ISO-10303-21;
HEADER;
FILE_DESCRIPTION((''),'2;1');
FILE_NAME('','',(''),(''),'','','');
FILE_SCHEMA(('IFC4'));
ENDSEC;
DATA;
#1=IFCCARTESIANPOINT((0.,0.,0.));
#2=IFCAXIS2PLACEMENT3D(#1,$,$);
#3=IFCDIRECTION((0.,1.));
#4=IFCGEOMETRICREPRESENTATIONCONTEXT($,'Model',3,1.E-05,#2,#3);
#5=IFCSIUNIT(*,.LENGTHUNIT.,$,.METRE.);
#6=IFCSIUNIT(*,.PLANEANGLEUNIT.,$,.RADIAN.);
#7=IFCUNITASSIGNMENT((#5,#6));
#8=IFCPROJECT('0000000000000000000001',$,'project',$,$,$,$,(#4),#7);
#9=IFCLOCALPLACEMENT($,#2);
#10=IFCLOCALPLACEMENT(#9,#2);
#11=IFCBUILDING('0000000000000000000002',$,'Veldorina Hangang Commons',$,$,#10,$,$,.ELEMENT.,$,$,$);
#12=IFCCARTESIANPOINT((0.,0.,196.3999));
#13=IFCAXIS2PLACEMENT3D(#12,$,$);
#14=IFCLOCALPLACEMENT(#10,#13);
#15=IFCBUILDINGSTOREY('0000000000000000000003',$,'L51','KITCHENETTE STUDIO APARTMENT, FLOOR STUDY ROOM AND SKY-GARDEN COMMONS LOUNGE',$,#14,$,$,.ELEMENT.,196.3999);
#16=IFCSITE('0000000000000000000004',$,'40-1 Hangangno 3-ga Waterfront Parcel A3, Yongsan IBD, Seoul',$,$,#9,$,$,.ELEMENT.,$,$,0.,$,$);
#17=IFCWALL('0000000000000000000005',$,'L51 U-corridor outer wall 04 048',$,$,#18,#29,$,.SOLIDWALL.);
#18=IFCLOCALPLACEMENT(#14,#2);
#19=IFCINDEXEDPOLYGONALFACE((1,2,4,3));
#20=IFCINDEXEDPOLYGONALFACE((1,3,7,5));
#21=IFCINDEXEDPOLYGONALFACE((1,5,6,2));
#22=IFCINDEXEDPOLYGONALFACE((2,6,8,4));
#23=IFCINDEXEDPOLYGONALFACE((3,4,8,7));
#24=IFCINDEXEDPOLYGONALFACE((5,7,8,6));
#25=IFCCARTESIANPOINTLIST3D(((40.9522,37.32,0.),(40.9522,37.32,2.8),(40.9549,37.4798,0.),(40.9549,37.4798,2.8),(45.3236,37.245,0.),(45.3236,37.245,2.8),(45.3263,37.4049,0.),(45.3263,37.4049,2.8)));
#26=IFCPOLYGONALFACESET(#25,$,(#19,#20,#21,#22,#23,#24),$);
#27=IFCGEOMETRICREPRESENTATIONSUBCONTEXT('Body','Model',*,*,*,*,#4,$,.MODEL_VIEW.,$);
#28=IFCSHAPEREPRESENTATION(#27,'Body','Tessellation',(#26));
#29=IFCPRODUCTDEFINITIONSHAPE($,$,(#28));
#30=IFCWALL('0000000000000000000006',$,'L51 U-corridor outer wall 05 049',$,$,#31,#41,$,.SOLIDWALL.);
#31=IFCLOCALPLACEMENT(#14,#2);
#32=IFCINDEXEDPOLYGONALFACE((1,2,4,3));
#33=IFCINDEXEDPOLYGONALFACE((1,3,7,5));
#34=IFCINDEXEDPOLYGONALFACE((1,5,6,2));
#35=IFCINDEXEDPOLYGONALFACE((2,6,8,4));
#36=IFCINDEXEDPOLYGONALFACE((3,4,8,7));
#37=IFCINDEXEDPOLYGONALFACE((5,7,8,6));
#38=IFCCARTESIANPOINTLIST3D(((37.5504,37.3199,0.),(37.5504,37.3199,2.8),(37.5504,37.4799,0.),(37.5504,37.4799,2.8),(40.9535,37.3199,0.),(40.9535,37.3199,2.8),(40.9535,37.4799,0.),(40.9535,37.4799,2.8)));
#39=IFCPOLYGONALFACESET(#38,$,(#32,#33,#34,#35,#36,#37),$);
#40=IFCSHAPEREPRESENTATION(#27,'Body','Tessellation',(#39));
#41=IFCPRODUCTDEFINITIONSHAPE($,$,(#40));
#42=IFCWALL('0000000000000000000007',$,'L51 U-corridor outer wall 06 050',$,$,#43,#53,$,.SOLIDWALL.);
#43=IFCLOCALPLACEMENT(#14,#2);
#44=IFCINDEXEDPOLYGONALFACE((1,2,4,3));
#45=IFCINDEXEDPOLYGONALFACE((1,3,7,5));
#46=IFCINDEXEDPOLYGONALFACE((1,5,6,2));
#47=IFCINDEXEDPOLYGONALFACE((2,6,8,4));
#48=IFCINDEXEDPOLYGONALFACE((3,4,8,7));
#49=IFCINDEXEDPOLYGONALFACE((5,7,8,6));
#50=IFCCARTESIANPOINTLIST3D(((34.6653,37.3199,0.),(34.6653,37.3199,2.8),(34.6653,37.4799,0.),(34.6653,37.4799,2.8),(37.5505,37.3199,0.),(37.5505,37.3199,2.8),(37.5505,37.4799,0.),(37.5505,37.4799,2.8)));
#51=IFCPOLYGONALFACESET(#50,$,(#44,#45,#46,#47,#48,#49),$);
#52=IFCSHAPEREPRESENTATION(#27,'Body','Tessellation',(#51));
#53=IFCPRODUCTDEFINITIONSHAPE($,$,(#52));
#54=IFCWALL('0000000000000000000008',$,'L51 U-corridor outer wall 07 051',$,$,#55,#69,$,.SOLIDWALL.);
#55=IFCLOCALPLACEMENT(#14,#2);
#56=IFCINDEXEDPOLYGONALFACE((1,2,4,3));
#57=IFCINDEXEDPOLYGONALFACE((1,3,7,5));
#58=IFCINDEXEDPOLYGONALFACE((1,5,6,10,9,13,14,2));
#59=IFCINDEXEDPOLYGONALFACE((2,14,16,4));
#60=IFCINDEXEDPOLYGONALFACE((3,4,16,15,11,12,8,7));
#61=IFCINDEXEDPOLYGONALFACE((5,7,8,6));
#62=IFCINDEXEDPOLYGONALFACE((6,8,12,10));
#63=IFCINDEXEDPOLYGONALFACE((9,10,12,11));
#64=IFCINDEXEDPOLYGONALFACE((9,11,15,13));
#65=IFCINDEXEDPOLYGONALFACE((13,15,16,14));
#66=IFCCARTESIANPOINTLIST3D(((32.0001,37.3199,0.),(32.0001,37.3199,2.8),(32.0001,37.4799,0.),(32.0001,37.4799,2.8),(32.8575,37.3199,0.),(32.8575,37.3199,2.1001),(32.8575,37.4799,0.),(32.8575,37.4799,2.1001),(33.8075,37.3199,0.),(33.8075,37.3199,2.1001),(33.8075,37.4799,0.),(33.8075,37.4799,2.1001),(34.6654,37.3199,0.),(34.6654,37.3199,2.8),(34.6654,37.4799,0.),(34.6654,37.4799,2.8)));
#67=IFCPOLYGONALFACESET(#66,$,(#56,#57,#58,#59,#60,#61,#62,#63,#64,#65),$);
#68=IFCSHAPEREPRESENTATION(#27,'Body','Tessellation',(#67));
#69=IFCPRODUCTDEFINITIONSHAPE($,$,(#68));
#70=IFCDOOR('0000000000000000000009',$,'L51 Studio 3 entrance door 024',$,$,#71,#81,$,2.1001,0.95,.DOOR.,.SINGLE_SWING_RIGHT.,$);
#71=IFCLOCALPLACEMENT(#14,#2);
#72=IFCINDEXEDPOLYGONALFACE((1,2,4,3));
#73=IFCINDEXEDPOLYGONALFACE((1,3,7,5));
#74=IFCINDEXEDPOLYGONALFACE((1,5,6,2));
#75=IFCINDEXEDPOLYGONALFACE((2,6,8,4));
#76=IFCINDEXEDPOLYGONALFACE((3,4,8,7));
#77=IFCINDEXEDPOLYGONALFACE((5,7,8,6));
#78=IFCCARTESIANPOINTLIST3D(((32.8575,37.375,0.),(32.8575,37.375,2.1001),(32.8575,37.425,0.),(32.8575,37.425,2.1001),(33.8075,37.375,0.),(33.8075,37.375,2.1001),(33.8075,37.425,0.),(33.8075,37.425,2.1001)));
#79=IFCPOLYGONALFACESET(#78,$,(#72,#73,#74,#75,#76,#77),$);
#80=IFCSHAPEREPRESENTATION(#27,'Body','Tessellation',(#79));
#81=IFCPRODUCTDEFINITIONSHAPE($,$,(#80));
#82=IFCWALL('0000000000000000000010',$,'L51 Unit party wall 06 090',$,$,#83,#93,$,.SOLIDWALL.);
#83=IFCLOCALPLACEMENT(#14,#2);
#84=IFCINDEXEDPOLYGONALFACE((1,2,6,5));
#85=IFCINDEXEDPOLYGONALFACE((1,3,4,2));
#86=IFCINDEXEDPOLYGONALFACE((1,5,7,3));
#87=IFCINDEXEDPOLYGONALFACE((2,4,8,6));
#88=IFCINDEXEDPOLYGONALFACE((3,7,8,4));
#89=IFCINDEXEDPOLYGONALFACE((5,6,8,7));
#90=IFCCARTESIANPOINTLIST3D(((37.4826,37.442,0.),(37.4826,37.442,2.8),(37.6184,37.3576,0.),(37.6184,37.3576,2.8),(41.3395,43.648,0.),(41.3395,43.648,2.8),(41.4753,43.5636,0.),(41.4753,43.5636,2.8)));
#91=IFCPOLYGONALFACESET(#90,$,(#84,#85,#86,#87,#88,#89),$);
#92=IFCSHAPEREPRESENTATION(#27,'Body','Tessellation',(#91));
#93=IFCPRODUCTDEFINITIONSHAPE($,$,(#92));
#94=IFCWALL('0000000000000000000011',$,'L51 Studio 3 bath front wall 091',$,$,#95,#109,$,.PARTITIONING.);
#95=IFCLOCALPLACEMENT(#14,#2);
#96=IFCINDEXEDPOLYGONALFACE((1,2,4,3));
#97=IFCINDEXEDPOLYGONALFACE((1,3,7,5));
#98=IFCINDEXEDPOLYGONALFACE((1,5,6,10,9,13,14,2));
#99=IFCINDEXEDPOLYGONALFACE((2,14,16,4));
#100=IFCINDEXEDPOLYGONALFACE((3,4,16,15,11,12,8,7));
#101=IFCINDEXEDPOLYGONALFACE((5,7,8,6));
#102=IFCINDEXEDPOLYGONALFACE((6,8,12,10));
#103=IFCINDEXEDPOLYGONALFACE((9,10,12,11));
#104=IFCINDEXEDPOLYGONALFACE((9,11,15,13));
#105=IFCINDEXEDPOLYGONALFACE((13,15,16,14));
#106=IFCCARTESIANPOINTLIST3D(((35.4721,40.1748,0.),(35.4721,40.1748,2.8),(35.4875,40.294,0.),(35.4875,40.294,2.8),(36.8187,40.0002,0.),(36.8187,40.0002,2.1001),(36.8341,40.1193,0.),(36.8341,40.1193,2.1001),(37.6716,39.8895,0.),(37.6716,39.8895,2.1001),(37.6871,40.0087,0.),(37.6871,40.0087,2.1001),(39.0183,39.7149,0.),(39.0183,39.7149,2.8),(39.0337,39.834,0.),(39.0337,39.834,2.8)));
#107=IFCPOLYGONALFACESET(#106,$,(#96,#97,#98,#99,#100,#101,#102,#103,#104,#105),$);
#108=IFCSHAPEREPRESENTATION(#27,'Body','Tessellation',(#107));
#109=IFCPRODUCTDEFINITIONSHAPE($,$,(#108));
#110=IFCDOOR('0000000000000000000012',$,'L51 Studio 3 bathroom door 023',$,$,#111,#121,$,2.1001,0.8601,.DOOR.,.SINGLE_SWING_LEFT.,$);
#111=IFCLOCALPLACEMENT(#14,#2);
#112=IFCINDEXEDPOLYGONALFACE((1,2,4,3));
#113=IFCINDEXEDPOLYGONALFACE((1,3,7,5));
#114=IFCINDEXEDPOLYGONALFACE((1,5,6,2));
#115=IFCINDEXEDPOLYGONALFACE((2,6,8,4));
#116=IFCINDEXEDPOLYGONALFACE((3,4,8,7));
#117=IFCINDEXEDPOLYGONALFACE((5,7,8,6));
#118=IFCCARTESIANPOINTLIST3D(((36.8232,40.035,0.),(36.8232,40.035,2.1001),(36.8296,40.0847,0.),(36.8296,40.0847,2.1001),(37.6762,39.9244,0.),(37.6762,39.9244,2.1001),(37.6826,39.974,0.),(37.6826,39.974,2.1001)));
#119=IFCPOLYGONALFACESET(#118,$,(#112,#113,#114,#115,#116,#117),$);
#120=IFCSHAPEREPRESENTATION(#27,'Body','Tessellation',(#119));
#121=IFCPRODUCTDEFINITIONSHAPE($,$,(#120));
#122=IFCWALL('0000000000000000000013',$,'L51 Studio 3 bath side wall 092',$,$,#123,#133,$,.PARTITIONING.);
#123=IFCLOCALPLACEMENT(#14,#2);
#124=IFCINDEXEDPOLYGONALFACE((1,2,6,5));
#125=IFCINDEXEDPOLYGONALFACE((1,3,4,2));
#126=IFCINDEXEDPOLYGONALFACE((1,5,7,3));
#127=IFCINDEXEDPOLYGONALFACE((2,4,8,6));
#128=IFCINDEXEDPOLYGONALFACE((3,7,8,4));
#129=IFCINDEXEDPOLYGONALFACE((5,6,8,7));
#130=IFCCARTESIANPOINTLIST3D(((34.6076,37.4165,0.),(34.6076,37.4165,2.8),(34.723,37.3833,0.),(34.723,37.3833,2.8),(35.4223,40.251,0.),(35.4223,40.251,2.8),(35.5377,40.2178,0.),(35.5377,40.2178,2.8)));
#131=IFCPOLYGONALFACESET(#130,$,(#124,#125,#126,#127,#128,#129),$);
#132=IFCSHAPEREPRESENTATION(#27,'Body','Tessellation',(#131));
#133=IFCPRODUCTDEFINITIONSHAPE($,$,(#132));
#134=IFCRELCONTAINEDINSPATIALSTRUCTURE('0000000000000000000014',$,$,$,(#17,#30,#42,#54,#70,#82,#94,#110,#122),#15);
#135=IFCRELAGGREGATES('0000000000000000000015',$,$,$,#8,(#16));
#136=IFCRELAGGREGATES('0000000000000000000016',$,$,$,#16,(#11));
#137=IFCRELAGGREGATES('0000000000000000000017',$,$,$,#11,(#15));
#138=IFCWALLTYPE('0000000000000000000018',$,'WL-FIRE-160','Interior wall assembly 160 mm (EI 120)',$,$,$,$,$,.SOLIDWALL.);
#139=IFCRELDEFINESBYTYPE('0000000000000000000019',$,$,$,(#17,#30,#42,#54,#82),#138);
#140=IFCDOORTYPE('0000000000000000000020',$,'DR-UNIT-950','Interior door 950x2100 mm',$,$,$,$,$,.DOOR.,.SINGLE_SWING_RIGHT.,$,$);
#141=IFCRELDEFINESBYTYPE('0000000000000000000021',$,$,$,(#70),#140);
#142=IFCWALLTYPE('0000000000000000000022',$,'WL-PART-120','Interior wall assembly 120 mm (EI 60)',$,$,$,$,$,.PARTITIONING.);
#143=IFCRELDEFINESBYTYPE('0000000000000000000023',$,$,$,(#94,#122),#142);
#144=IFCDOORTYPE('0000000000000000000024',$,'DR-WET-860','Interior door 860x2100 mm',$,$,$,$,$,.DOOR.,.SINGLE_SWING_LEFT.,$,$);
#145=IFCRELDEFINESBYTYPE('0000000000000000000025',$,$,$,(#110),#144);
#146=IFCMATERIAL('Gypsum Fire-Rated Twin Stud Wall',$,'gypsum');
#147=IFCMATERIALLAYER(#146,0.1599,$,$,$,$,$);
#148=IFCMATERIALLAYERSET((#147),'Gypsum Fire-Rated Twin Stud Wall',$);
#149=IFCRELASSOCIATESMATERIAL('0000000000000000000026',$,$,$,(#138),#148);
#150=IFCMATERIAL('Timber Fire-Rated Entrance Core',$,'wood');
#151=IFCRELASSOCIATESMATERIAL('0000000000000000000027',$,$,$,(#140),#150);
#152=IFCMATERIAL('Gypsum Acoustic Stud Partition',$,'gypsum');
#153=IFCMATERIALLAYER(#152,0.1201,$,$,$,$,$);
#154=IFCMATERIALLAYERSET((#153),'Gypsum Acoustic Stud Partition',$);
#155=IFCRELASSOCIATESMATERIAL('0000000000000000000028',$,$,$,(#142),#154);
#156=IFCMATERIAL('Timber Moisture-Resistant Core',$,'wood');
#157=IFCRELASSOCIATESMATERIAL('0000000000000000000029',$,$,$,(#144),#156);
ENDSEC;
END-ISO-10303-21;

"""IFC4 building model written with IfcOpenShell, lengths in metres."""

from ifc_helpers import new_model, si_unit, direction, frame, frame_2d, origin, place, context, subcontext, project, spatial, rectangle, extrude, material, layer, layer_set, type_object, element, fill, save


model = new_model("IFC4")

# Units and contexts
model_context = context("Model", 3, precision=1e-05, world=origin(), true_north=direction((0.0, 1.0)))
body_context = subcontext(model_context, "Body", "Model", "MODEL_VIEW")
ifc_project = project(units=[si_unit("LENGTHUNIT", "METRE"), si_unit("PLANEANGLEUNIT", "RADIAN")], contexts=[model_context])

# Site, building, storey
site_placement = place(None, origin())
site = spatial("IfcSite", under=ifc_project, at=site_placement, Name="40-1 Hangangno 3-ga Waterfront Parcel A3, Yongsan IBD, Seoul", CompositionType="ELEMENT", RefElevation=0.0)
building_placement = place(site_placement, origin())
building = spatial("IfcBuilding", under=site, at=building_placement, Name="Veldorina Hangang Commons", CompositionType="ELEMENT")
storey_placement = place(building_placement, frame((0.0, 0.0, 196.3999)))
storey = spatial("IfcBuildingStorey", under=building, at=storey_placement, Name="L51", Description="KITCHENETTE STUDIO APARTMENT, FLOOR STUDY ROOM AND SKY-GARDEN COMMONS LOUNGE", CompositionType="ELEMENT", Elevation=196.3999)

# Walls
ifc_material_1 = material(Name="Gypsum Fire-Rated Twin Stud Wall", Category="gypsum")
ifc_layer_1 = layer(ifc_material_1, 0.1599)
ifc_layer_set_1 = layer_set([ifc_layer_1], Name="Gypsum Fire-Rated Twin Stud Wall")
wall_type_1 = type_object("IfcWallType", Name="WL-FIRE-160", Description="Interior wall assembly 160 mm (EI 120)", PredefinedType="SOLIDWALL", material=ifc_layer_set_1)
wall_1_placement = place(storey_placement, frame((45.325, 37.325, 0.0), z_axis=(0.0, 0.0, 1.0), x_axis=(-0.999853, 0.017144, 0.0)))
element("IfcWall", 1, at=wall_1_placement, inside=storey, type_object=wall_type_1, Name="L51 U-corridor outer wall 04 048", PredefinedType="SOLIDWALL", context=body_context, shape_type="SweptSolid", body=[
    extrude(rectangle(XDim=4.3721, YDim=0.1599, at=frame_2d((2.186, 0.0))), origin(), (0.0, 0.0, 1.0), 2.8),
])
wall_2_placement = place(storey_placement, frame((40.9536, 37.3999, 0.0), z_axis=(0.0, 0.0, 1.0), x_axis=(-1.0, 0.0, 0.0)))
element("IfcWall", 2, at=wall_2_placement, inside=storey, type_object=wall_type_1, Name="L51 U-corridor outer wall 05 049", PredefinedType="SOLIDWALL", context=body_context, shape_type="SweptSolid", body=[
    extrude(rectangle(XDim=3.4031, YDim=0.1599, at=frame_2d((1.7017, 0.0))), origin(), (0.0, 0.0, 1.0), 2.8),
])
wall_3_placement = place(storey_placement, frame((37.5505, 37.3999, 0.0), z_axis=(0.0, 0.0, 1.0), x_axis=(-1.0, 0.0, 0.0)))
element("IfcWall", 3, at=wall_3_placement, inside=storey, type_object=wall_type_1, Name="L51 U-corridor outer wall 06 050", PredefinedType="SOLIDWALL", context=body_context, shape_type="SweptSolid", body=[
    extrude(rectangle(XDim=2.8853, YDim=0.1599, at=frame_2d((1.4426, 0.0))), origin(), (0.0, 0.0, 1.0), 2.8),
])

# Wall, opening, door
wall_4_placement = place(storey_placement, frame((34.6653, 37.3999, 0.0), z_axis=(0.0, 0.0, 1.0), x_axis=(-1.0, 0.0, 0.0)))
wall_4 = element("IfcWall", 4, at=wall_4_placement, inside=storey, type_object=wall_type_1, Name="L51 U-corridor outer wall 07 051", PredefinedType="SOLIDWALL", context=body_context, shape_type="SweptSolid", body=[
    extrude(rectangle(XDim=2.6653, YDim=0.1599, at=frame_2d((1.3325, 0.0))), origin(), (0.0, 0.0, 1.0), 2.8),
])
opening_1_placement = place(wall_4_placement, frame((0.8577, 0.0, 0.0)))
opening_1 = element("IfcOpeningElement", 5, at=opening_1_placement, cuts=wall_4, PredefinedType="OPENING", context=body_context, shape_type="SweptSolid", body=[
    extrude(rectangle(XDim=0.95, YDim=2.1001, at=frame_2d((0.4751, 1.05))), frame((0.0, 0.0898, 0.0), z_axis=(0.0, -1.0, 0.0), x_axis=(1.0, 0.0, 0.0)), (0.0, 0.0, 1.0), 0.1799),
])
ifc_material_2 = material(Name="Timber Fire-Rated Entrance Core", Category="wood")
door_type_1 = type_object("IfcDoorType", Name="DR-UNIT-950", Description="Interior door 950x2100 mm", OperationType="SINGLE_SWING_RIGHT", PredefinedType="DOOR", material=ifc_material_2)
door_1_placement = place(opening_1_placement, origin())
door_1 = element("IfcDoor", 6, at=door_1_placement, inside=storey, type_object=door_type_1, Name="L51 Studio 3 entrance door 024", OperationType="SINGLE_SWING_RIGHT", OverallHeight=2.1001, OverallWidth=0.95, PredefinedType="DOOR", context=body_context, shape_type="SweptSolid", body=[
    extrude(rectangle(XDim=0.95, YDim=2.1001, at=frame_2d((0.4751, 1.05))), frame((0.0, 0.0249, 0.0), z_axis=(0.0, -1.0, 0.0), x_axis=(1.0, 0.0, 0.0)), (0.0, 0.0, 1.0), 0.05),
])
fill(opening_1, door_1)

# Wall
wall_5_placement = place(storey_placement, frame((37.5505, 37.3999, 0.0), z_axis=(0.0, 0.0, 1.0), x_axis=(0.527847, 0.84934, 0.0)))
element("IfcWall", 7, at=wall_5_placement, inside=storey, type_object=wall_type_1, Name="L51 Unit party wall 06 090", PredefinedType="SOLIDWALL", context=body_context, shape_type="SweptSolid", body=[
    extrude(rectangle(XDim=7.3069, YDim=0.1599, at=frame_2d((3.6533, 0.0))), origin(), (0.0, 0.0, 1.0), 2.8),
])

# Wall, opening, door
ifc_material_3 = material(Name="Gypsum Acoustic Stud Partition", Category="gypsum")
ifc_layer_2 = layer(ifc_material_3, 0.1201)
ifc_layer_set_2 = layer_set([ifc_layer_2], Name="Gypsum Acoustic Stud Partition")
wall_type_2 = type_object("IfcWallType", Name="WL-PART-120", Description="Interior wall assembly 120 mm (EI 60)", PredefinedType="PARTITIONING", material=ifc_layer_set_2)
wall_6_placement = place(storey_placement, frame((39.0261, 39.7744, 0.0), z_axis=(0.0, 0.0, 1.0), x_axis=(-0.991693, 0.12863, 0.0)))
wall_6 = element("IfcWall", 8, at=wall_6_placement, inside=storey, type_object=wall_type_2, Name="L51 Studio 3 bath front wall 091", PredefinedType="PARTITIONING", context=body_context, shape_type="SweptSolid", body=[
    extrude(rectangle(XDim=3.5759, YDim=0.1201, at=frame_2d((1.7881, 0.0))), origin(), (0.0, 0.0, 1.0), 2.8),
])
opening_2_placement = place(wall_6_placement, frame((1.3579, 0.0, 0.0)))
opening_2 = element("IfcOpeningElement", 9, at=opening_2_placement, cuts=wall_6, PredefinedType="OPENING", context=body_context, shape_type="SweptSolid", body=[
    extrude(rectangle(XDim=0.8601, YDim=2.1001, at=frame_2d((0.4302, 1.05))), frame((0.0, 0.0701, 0.0), z_axis=(0.0, -1.0, 0.0), x_axis=(1.0, 0.0, 0.0)), (0.0, 0.0, 1.0), 0.1401),
])
ifc_material_4 = material(Name="Timber Moisture-Resistant Core", Category="wood")
door_type_2 = type_object("IfcDoorType", Name="DR-WET-860", Description="Interior door 860x2100 mm", OperationType="SINGLE_SWING_LEFT", PredefinedType="DOOR", material=ifc_material_4)
door_2_placement = place(opening_2_placement, origin())
door_2 = element("IfcDoor", 10, at=door_2_placement, inside=storey, type_object=door_type_2, Name="L51 Studio 3 bathroom door 023", OperationType="SINGLE_SWING_LEFT", OverallHeight=2.1001, OverallWidth=0.8601, PredefinedType="DOOR", context=body_context, shape_type="SweptSolid", body=[
    extrude(rectangle(XDim=0.8601, YDim=2.1001, at=frame_2d((0.4302, 1.05))), frame((0.0, 0.0249, 0.0), z_axis=(0.0, -1.0, 0.0), x_axis=(1.0, 0.0, 0.0)), (0.0, 0.0, 1.0), 0.05),
])
fill(opening_2, door_2)

# Wall
wall_7_placement = place(storey_placement, frame((34.6653, 37.3999, 0.0), z_axis=(0.0, 0.0, 1.0), x_axis=(0.276241, 0.961089, 0.0)))
element("IfcWall", 11, at=wall_7_placement, inside=storey, type_object=wall_type_2, Name="L51 Studio 3 bath side wall 092", PredefinedType="PARTITIONING", context=body_context, shape_type="SweptSolid", body=[
    extrude(rectangle(XDim=2.9492, YDim=0.1201, at=frame_2d((1.4746, 0.0))), origin(), (0.0, 0.0, 1.0), 2.8),
])

save(model, "model.ifc")
